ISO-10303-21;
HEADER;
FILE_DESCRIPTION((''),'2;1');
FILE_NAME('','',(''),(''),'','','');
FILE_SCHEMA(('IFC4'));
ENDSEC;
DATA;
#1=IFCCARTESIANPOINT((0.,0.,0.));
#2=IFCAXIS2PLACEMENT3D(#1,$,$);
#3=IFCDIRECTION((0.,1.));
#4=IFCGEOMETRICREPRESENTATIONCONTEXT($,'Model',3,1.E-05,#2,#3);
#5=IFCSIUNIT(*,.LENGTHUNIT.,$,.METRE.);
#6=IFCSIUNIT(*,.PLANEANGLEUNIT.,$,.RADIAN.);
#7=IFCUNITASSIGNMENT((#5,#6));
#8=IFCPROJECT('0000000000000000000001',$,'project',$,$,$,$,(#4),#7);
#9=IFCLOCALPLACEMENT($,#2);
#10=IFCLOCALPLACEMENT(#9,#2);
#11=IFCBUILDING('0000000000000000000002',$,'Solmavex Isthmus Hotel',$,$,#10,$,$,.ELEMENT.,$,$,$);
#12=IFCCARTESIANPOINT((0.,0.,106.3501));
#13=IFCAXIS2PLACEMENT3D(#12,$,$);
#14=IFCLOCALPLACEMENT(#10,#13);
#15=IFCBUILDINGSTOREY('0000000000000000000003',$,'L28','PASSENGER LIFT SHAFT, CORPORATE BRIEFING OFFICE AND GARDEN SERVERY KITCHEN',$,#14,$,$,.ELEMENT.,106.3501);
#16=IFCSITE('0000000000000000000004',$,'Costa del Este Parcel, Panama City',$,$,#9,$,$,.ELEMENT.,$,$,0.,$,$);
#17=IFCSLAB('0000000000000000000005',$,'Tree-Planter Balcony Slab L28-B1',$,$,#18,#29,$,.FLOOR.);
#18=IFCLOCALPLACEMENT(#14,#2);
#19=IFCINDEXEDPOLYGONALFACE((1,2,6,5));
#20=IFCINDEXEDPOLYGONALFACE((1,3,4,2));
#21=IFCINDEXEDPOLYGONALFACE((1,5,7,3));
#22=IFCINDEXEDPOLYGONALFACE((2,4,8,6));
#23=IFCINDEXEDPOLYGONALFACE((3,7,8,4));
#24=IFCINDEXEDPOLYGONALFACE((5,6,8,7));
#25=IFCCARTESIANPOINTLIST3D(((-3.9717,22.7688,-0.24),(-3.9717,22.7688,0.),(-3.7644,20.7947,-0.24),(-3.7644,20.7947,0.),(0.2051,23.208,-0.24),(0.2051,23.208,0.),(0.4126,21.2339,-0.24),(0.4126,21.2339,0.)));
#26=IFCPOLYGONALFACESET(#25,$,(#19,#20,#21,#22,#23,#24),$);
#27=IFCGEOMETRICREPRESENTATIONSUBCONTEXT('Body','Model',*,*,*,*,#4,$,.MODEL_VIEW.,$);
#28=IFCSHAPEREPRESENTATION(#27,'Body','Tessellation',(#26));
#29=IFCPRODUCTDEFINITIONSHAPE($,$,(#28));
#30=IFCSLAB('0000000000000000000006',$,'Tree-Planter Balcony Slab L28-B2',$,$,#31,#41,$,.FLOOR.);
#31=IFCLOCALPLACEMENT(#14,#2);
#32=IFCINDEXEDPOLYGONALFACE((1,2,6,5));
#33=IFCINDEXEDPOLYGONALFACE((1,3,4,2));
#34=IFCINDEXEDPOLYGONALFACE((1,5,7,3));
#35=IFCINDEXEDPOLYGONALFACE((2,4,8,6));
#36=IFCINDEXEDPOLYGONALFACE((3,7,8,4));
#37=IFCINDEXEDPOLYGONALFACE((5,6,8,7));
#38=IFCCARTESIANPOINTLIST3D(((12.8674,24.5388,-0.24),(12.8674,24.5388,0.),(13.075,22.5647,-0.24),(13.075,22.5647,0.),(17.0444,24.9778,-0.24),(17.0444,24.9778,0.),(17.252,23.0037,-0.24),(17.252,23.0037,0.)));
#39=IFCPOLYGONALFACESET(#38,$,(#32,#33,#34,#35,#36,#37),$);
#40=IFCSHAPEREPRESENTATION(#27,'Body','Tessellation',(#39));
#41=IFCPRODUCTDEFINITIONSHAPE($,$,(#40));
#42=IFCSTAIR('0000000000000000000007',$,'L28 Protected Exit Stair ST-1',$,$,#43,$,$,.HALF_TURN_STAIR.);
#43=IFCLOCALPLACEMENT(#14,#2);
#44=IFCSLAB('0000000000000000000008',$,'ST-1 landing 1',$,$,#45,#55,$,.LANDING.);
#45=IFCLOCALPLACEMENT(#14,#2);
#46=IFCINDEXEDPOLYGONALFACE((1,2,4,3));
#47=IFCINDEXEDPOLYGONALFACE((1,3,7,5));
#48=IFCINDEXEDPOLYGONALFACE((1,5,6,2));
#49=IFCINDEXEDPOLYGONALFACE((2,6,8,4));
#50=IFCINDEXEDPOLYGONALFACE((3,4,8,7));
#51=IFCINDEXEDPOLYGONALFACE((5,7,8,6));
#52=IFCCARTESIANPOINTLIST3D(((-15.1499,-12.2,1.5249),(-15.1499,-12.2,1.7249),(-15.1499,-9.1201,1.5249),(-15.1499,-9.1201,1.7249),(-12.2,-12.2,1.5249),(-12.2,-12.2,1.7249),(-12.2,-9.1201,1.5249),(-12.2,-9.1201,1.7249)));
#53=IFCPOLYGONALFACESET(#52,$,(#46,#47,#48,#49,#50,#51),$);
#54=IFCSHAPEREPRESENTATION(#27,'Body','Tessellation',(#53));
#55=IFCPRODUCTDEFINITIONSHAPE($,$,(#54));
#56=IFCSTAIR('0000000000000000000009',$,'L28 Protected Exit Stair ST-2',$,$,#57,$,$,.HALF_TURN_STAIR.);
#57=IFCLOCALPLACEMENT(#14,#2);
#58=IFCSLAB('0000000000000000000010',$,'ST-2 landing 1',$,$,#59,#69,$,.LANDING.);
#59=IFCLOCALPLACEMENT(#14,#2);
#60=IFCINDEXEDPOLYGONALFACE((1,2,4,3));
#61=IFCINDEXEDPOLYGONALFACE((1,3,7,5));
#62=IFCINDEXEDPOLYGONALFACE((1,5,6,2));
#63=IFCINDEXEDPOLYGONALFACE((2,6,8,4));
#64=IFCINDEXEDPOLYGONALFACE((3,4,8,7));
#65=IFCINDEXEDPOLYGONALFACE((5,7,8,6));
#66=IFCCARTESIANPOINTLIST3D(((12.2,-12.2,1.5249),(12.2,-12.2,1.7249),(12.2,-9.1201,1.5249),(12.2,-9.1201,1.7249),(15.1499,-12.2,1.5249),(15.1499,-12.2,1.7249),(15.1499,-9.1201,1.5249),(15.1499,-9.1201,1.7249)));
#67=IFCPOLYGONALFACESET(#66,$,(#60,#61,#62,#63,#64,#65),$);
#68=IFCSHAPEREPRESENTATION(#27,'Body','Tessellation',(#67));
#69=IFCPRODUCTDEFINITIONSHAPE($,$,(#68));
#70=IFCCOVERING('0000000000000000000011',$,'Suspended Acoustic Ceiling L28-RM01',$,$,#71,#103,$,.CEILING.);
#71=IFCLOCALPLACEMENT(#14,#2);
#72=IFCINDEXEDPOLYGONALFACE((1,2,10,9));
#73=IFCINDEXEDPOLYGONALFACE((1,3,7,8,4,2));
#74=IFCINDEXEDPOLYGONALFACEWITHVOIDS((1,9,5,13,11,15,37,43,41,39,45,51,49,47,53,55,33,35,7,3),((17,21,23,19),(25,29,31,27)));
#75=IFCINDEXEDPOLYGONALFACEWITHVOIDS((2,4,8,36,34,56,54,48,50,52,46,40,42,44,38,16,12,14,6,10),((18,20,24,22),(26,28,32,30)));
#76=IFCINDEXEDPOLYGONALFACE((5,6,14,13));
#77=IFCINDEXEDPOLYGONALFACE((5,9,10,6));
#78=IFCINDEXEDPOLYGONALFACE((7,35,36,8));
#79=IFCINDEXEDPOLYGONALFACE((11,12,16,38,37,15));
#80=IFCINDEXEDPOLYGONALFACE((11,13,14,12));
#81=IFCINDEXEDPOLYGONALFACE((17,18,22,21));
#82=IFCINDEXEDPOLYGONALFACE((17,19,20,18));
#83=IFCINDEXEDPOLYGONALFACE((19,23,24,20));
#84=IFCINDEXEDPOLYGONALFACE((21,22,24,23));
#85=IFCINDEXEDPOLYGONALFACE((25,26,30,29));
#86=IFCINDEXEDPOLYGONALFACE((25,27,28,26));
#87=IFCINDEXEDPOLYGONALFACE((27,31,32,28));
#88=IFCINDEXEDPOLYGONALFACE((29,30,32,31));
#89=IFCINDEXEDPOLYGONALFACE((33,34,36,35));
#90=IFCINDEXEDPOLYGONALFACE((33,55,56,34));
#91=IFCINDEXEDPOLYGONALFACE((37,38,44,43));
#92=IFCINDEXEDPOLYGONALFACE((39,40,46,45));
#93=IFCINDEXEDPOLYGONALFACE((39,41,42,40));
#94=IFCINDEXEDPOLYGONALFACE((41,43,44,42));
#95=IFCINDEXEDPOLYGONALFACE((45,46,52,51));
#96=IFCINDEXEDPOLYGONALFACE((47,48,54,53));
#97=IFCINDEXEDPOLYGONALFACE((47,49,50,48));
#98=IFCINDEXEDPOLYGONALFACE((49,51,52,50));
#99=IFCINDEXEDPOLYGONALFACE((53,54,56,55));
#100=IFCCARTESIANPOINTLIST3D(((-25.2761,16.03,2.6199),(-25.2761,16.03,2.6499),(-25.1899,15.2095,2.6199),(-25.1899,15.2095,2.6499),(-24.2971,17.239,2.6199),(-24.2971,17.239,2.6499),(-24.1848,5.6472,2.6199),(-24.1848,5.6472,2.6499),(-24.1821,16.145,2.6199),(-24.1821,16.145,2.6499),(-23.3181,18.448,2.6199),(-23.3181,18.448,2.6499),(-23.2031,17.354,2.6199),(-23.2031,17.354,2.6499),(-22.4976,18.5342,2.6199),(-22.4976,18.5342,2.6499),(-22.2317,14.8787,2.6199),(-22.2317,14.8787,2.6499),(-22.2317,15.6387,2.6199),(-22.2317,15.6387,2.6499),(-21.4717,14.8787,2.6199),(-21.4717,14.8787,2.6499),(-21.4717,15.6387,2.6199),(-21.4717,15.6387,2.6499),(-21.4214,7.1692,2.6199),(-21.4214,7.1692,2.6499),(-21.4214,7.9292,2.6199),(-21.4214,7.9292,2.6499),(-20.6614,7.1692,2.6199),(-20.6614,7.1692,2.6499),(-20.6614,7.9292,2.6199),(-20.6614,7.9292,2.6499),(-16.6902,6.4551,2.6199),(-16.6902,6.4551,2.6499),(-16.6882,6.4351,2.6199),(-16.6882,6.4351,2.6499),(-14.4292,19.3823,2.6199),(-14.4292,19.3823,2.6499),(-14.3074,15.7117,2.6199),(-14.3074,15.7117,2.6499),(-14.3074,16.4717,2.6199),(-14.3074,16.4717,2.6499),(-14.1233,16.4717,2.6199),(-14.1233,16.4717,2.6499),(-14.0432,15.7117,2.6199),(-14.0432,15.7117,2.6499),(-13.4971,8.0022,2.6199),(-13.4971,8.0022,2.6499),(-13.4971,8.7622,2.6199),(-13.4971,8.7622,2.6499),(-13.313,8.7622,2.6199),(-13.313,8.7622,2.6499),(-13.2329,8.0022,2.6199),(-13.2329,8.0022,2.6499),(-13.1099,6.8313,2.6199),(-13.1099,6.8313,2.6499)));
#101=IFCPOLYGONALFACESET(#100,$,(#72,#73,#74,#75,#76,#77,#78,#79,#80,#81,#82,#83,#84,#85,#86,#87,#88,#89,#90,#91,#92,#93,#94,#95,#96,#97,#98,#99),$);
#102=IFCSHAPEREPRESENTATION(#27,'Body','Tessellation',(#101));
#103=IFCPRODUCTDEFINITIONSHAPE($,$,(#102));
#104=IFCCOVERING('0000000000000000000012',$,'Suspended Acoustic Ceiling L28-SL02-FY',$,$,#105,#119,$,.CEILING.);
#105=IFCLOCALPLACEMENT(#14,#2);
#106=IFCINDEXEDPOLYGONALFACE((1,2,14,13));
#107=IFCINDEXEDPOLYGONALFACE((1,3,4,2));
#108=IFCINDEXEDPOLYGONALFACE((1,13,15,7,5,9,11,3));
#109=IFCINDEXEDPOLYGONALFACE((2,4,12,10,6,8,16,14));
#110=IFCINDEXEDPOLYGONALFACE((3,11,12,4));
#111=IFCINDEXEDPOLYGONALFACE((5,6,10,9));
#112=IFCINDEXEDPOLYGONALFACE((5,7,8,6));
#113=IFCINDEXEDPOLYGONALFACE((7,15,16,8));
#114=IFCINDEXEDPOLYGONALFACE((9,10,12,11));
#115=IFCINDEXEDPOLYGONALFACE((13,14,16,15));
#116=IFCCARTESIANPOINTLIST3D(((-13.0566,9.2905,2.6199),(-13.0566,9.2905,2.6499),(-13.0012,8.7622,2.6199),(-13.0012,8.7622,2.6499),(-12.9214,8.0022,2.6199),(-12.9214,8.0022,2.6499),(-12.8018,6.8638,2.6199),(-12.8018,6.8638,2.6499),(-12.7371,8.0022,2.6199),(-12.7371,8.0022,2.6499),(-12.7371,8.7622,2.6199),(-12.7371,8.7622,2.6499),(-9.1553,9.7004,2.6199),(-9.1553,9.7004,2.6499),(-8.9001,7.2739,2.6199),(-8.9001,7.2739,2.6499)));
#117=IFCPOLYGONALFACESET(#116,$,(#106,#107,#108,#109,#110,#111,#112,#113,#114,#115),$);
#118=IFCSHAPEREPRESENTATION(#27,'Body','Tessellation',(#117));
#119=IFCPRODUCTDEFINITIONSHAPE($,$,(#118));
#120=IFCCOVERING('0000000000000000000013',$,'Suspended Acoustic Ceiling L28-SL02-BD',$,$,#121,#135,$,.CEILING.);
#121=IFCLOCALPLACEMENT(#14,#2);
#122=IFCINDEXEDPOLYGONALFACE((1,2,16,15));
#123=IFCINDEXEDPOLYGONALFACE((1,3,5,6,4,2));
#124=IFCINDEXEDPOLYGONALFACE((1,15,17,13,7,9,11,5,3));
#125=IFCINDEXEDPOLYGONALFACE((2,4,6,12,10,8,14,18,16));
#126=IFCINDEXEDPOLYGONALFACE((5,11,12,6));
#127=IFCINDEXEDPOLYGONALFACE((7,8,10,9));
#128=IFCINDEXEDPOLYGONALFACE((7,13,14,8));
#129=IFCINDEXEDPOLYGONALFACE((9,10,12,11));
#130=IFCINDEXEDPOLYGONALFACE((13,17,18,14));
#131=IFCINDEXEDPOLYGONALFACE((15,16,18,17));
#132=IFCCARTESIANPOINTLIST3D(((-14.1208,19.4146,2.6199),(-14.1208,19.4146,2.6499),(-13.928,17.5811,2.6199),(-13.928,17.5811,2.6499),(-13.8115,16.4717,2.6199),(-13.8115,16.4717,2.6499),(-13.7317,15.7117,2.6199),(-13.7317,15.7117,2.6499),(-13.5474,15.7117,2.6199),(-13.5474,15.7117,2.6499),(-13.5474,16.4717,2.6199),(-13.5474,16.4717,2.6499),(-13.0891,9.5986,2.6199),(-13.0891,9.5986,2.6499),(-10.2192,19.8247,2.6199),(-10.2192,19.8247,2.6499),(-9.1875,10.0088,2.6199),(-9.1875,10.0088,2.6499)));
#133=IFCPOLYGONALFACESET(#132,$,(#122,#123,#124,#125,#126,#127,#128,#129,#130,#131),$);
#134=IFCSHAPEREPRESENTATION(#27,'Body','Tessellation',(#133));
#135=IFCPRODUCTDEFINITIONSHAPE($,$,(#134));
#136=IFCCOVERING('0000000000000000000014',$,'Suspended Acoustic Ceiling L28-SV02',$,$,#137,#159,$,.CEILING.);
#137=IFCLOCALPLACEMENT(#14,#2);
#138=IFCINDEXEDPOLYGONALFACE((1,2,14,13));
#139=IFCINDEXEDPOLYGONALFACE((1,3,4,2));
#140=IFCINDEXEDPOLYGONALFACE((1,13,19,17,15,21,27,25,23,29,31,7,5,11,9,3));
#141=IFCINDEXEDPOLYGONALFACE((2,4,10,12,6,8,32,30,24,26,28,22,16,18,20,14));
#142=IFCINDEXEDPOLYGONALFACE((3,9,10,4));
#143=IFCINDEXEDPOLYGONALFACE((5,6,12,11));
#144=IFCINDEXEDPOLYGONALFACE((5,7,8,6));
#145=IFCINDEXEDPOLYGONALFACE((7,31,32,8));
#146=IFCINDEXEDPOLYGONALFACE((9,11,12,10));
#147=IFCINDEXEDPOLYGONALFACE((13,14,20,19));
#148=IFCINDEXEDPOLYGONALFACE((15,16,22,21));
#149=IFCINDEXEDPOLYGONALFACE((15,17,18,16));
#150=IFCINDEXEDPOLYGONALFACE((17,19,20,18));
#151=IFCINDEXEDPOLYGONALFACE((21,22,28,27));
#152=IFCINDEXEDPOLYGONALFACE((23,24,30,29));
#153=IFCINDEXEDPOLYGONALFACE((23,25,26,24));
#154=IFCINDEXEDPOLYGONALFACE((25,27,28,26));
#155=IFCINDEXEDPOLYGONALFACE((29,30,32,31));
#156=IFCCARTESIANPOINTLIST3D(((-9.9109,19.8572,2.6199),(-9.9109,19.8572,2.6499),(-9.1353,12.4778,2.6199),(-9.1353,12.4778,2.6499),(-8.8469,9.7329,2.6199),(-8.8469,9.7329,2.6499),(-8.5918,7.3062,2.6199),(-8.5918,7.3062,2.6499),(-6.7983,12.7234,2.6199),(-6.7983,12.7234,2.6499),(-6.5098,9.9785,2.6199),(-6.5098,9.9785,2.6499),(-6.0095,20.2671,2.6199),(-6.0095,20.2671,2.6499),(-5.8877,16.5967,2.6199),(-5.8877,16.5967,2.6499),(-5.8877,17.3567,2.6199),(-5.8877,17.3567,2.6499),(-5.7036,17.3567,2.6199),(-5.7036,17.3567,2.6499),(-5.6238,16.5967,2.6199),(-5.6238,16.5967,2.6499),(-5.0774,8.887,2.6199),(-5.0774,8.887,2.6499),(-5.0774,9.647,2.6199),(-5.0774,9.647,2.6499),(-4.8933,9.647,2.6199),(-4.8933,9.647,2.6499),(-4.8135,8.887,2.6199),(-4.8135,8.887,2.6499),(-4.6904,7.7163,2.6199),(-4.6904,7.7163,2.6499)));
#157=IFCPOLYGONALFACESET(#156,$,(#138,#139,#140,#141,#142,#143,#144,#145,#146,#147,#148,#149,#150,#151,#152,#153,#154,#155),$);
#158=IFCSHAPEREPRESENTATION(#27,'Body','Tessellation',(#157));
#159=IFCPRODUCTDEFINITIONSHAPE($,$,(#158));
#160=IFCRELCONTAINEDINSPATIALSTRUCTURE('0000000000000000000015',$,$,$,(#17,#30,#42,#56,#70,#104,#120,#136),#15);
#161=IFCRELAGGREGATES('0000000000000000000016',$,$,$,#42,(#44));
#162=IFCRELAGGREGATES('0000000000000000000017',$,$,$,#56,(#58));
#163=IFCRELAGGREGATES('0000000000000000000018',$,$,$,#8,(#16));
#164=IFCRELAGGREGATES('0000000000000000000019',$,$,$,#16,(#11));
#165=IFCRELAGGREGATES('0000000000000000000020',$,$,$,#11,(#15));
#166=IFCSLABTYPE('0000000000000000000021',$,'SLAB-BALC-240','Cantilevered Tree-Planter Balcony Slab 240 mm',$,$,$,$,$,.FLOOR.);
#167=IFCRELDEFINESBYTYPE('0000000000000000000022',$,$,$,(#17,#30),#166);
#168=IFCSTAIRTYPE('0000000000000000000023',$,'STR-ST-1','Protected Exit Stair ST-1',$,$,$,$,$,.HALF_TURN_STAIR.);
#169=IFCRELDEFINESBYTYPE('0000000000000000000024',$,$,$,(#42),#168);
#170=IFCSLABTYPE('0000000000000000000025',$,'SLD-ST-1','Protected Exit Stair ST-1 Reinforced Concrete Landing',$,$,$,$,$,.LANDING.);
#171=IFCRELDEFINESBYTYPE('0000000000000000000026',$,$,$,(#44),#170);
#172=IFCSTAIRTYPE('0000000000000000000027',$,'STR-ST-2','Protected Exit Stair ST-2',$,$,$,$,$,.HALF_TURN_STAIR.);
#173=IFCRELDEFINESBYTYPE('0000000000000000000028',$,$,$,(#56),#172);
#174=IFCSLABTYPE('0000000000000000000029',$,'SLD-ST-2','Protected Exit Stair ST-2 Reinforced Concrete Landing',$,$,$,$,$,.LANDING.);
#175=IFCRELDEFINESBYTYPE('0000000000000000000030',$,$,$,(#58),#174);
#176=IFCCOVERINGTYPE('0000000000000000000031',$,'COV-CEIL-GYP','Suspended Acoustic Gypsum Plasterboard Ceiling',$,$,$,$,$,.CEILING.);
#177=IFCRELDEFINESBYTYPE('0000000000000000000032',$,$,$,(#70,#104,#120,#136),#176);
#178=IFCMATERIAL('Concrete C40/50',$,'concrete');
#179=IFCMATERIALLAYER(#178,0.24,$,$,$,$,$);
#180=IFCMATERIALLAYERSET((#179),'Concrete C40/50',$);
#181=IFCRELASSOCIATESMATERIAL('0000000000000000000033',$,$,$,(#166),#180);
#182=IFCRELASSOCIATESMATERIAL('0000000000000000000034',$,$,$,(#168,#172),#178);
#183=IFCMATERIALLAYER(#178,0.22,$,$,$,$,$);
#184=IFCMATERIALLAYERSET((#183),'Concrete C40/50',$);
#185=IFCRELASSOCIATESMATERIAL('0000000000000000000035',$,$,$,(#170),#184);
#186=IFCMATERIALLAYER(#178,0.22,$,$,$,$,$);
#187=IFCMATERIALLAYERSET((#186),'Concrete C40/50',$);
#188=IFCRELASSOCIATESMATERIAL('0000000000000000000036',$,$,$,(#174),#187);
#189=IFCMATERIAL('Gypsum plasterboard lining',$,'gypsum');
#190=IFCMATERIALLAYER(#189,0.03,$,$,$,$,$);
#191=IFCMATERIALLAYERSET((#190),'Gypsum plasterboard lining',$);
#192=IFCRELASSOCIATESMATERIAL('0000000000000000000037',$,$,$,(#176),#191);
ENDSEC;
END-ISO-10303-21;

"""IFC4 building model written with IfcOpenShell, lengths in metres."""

from ifc_helpers import new_model, si_unit, direction, frame, origin, place, context, subcontext, project, spatial, polyline, outline, extrude, material, layer, layer_set, type_object, element, aggregate, save


model = new_model("IFC4")

# Units and contexts
model_context = context("Model", 3, precision=1e-05, world=origin(), true_north=direction((0.0, 1.0)))
body_context = subcontext(model_context, "Body", "Model", "MODEL_VIEW")
ifc_project = project(units=[si_unit("LENGTHUNIT", "METRE"), si_unit("PLANEANGLEUNIT", "RADIAN")], contexts=[model_context])

# Site, building, storey
site_placement = place(None, origin())
site = spatial("IfcSite", under=ifc_project, at=site_placement, Name="Costa del Este Parcel, Panama City", CompositionType="ELEMENT", RefElevation=0.0)
building_placement = place(site_placement, origin())
building = spatial("IfcBuilding", under=site, at=building_placement, Name="Solmavex Isthmus Hotel", CompositionType="ELEMENT")
storey_placement = place(building_placement, frame((0.0, 0.0, 106.3501)))
storey = spatial("IfcBuildingStorey", under=building, at=storey_placement, Name="L28", Description="PASSENGER LIFT SHAFT, CORPORATE BRIEFING OFFICE AND GARDEN SERVERY KITCHEN", CompositionType="ELEMENT", Elevation=106.3501)

# Slabs
ifc_material_1 = material(Name="Concrete C40/50", Category="concrete")
ifc_layer_1 = layer(ifc_material_1, 0.24)
ifc_layer_set_1 = layer_set([ifc_layer_1], Name="Concrete C40/50")
slab_type_1 = type_object("IfcSlabType", Name="SLAB-BALC-240", Description="Cantilevered Tree-Planter Balcony Slab 240 mm", PredefinedType="FLOOR", material=ifc_layer_set_1)
slab_1_placement = place(storey_placement, frame((0.0, 0.0, -0.24)))
element("IfcSlab", 1, at=slab_1_placement, inside=storey, type_object=slab_type_1, Name="Tree-Planter Balcony Slab L28-B1", PredefinedType="FLOOR", context=body_context, shape_type="SweptSolid", body=[
    extrude(outline(polyline([(-3.7644, 20.7947), (0.4126, 21.2339), (0.2051, 23.208), (-3.9717, 22.7688), (-3.7644, 20.7947)])), origin(), (0.0, 0.0, 1.0), 0.24),
])
slab_2_placement = place(storey_placement, frame((0.0, 0.0, -0.24)))
element("IfcSlab", 2, at=slab_2_placement, inside=storey, type_object=slab_type_1, Name="Tree-Planter Balcony Slab L28-B2", PredefinedType="FLOOR", context=body_context, shape_type="SweptSolid", body=[
    extrude(outline(polyline([(13.075, 22.5647), (17.252, 23.0037), (17.0444, 24.9778), (12.8674, 24.5388), (13.075, 22.5647)])), origin(), (0.0, 0.0, 1.0), 0.24),
])

# Stairs, slabs
stair_type_1 = type_object("IfcStairType", Name="STR-ST-1", Description="Protected Exit Stair ST-1", PredefinedType="HALF_TURN_STAIR", material=ifc_material_1)
stair_1_placement = place(storey_placement, origin())
stair_1 = element("IfcStair", 3, at=stair_1_placement, inside=storey, type_object=stair_type_1, Name="L28 Protected Exit Stair ST-1", PredefinedType="HALF_TURN_STAIR")
ifc_layer_2 = layer(ifc_material_1, 0.22)
ifc_layer_set_2 = layer_set([ifc_layer_2], Name="Concrete C40/50")
slab_type_2 = type_object("IfcSlabType", Name="SLD-ST-1", Description="Protected Exit Stair ST-1 Reinforced Concrete Landing", PredefinedType="LANDING", material=ifc_layer_set_2)
slab_3_placement = place(storey_placement, frame((0.0, 0.0, 1.5249)))
slab_3 = element("IfcSlab", 4, at=slab_3_placement, type_object=slab_type_2, Name="ST-1 landing 1", PredefinedType="LANDING", context=body_context, shape_type="SweptSolid", body=[
    extrude(outline(polyline([(-15.1499, -9.1201), (-15.1499, -12.2), (-12.2, -12.2), (-12.2, -9.1201), (-15.1499, -9.1201)])), origin(), (0.0, 0.0, 1.0), 0.2),
])
aggregate(stair_1, [slab_3])
stair_type_2 = type_object("IfcStairType", Name="STR-ST-2", Description="Protected Exit Stair ST-2", PredefinedType="HALF_TURN_STAIR", material=ifc_material_1)
stair_2_placement = place(storey_placement, origin())
stair_2 = element("IfcStair", 5, at=stair_2_placement, inside=storey, type_object=stair_type_2, Name="L28 Protected Exit Stair ST-2", PredefinedType="HALF_TURN_STAIR")
ifc_layer_3 = layer(ifc_material_1, 0.22)
ifc_layer_set_3 = layer_set([ifc_layer_3], Name="Concrete C40/50")
slab_type_3 = type_object("IfcSlabType", Name="SLD-ST-2", Description="Protected Exit Stair ST-2 Reinforced Concrete Landing", PredefinedType="LANDING", material=ifc_layer_set_3)
slab_4_placement = place(storey_placement, frame((0.0, 0.0, 1.5249)))
slab_4 = element("IfcSlab", 6, at=slab_4_placement, type_object=slab_type_3, Name="ST-2 landing 1", PredefinedType="LANDING", context=body_context, shape_type="SweptSolid", body=[
    extrude(outline(polyline([(12.2, -9.1201), (12.2, -12.2), (15.1499, -12.2), (15.1499, -9.1201), (12.2, -9.1201)])), origin(), (0.0, 0.0, 1.0), 0.2),
])
aggregate(stair_2, [slab_4])

# Coverings
ifc_material_2 = material(Name="Gypsum plasterboard lining", Category="gypsum")
ifc_layer_4 = layer(ifc_material_2, 0.03)
ifc_layer_set_4 = layer_set([ifc_layer_4], Name="Gypsum plasterboard lining")
covering_type_1 = type_object("IfcCoveringType", Name="COV-CEIL-GYP", Description="Suspended Acoustic Gypsum Plasterboard Ceiling", PredefinedType="CEILING", material=ifc_layer_set_4)
covering_1_placement = place(storey_placement, frame((0.0, 0.0, 2.6199)))
element("IfcCovering", 7, at=covering_1_placement, inside=storey, type_object=covering_type_1, Name="Suspended Acoustic Ceiling L28-RM01", PredefinedType="CEILING", context=body_context, shape_type="SweptSolid", body=[
    extrude(outline(polyline([(-16.6882, 6.4351), (-16.6902, 6.4551), (-13.1099, 6.8313), (-13.2329, 8.0022), (-13.4971, 8.0022), (-13.4971, 8.7622), (-13.313, 8.7622), (-14.0432, 15.7117), (-14.3074, 15.7117), (-14.3074, 16.4717), (-14.1233, 16.4717), (-14.4292, 19.3823), (-22.4976, 18.5342), (-23.3181, 18.448), (-23.2031, 17.354), (-24.2971, 17.239), (-24.1821, 16.145), (-25.2761, 16.03), (-25.1899, 15.2095), (-24.1848, 5.6472), (-16.6882, 6.4351)]), holes=[polyline([(-21.4214, 7.1692), (-21.4214, 7.9292), (-20.6614, 7.9292), (-20.6614, 7.1692), (-21.4214, 7.1692)]), polyline([(-22.2317, 14.8787), (-22.2317, 15.6387), (-21.4717, 15.6387), (-21.4717, 14.8787), (-22.2317, 14.8787)])]), origin(), (0.0, 0.0, 1.0), 0.03),
])
covering_2_placement = place(storey_placement, frame((0.0, 0.0, 2.6199)))
element("IfcCovering", 8, at=covering_2_placement, inside=storey, type_object=covering_type_1, Name="Suspended Acoustic Ceiling L28-SL02-FY", PredefinedType="CEILING", context=body_context, shape_type="SweptSolid", body=[
    extrude(outline(polyline([(-13.0012, 8.7622), (-12.7371, 8.7622), (-12.7371, 8.0022), (-12.9214, 8.0022), (-12.8018, 6.8638), (-8.9001, 7.2739), (-9.1553, 9.7004), (-13.0566, 9.2905), (-13.0012, 8.7622)])), origin(), (0.0, 0.0, 1.0), 0.03),
])
covering_3_placement = place(storey_placement, frame((0.0, 0.0, 2.6199)))
element("IfcCovering", 9, at=covering_3_placement, inside=storey, type_object=covering_type_1, Name="Suspended Acoustic Ceiling L28-SL02-BD", PredefinedType="CEILING", context=body_context, shape_type="SweptSolid", body=[
    extrude(outline(polyline([(-13.8115, 16.4717), (-13.5474, 16.4717), (-13.5474, 15.7117), (-13.7317, 15.7117), (-13.0891, 9.5986), (-9.1875, 10.0088), (-10.2192, 19.8247), (-14.1208, 19.4146), (-13.928, 17.5811), (-13.8115, 16.4717)])), origin(), (0.0, 0.0, 1.0), 0.03),
])
covering_4_placement = place(storey_placement, frame((0.0, 0.0, 2.6199)))
element("IfcCovering", 10, at=covering_4_placement, inside=storey, type_object=covering_type_1, Name="Suspended Acoustic Ceiling L28-SV02", PredefinedType="CEILING", context=body_context, shape_type="SweptSolid", body=[
    extrude(outline(polyline([(-9.1353, 12.4778), (-6.7983, 12.7234), (-6.5098, 9.9785), (-8.8469, 9.7329), (-8.5918, 7.3062), (-4.6904, 7.7163), (-4.8135, 8.887), (-5.0774, 8.887), (-5.0774, 9.647), (-4.8933, 9.647), (-5.6238, 16.5967), (-5.8877, 16.5967), (-5.8877, 17.3567), (-5.7036, 17.3567), (-6.0095, 20.2671), (-9.9109, 19.8572), (-9.1353, 12.4778)])), origin(), (0.0, 0.0, 1.0), 0.03),
])

save(model, "model.ifc")
